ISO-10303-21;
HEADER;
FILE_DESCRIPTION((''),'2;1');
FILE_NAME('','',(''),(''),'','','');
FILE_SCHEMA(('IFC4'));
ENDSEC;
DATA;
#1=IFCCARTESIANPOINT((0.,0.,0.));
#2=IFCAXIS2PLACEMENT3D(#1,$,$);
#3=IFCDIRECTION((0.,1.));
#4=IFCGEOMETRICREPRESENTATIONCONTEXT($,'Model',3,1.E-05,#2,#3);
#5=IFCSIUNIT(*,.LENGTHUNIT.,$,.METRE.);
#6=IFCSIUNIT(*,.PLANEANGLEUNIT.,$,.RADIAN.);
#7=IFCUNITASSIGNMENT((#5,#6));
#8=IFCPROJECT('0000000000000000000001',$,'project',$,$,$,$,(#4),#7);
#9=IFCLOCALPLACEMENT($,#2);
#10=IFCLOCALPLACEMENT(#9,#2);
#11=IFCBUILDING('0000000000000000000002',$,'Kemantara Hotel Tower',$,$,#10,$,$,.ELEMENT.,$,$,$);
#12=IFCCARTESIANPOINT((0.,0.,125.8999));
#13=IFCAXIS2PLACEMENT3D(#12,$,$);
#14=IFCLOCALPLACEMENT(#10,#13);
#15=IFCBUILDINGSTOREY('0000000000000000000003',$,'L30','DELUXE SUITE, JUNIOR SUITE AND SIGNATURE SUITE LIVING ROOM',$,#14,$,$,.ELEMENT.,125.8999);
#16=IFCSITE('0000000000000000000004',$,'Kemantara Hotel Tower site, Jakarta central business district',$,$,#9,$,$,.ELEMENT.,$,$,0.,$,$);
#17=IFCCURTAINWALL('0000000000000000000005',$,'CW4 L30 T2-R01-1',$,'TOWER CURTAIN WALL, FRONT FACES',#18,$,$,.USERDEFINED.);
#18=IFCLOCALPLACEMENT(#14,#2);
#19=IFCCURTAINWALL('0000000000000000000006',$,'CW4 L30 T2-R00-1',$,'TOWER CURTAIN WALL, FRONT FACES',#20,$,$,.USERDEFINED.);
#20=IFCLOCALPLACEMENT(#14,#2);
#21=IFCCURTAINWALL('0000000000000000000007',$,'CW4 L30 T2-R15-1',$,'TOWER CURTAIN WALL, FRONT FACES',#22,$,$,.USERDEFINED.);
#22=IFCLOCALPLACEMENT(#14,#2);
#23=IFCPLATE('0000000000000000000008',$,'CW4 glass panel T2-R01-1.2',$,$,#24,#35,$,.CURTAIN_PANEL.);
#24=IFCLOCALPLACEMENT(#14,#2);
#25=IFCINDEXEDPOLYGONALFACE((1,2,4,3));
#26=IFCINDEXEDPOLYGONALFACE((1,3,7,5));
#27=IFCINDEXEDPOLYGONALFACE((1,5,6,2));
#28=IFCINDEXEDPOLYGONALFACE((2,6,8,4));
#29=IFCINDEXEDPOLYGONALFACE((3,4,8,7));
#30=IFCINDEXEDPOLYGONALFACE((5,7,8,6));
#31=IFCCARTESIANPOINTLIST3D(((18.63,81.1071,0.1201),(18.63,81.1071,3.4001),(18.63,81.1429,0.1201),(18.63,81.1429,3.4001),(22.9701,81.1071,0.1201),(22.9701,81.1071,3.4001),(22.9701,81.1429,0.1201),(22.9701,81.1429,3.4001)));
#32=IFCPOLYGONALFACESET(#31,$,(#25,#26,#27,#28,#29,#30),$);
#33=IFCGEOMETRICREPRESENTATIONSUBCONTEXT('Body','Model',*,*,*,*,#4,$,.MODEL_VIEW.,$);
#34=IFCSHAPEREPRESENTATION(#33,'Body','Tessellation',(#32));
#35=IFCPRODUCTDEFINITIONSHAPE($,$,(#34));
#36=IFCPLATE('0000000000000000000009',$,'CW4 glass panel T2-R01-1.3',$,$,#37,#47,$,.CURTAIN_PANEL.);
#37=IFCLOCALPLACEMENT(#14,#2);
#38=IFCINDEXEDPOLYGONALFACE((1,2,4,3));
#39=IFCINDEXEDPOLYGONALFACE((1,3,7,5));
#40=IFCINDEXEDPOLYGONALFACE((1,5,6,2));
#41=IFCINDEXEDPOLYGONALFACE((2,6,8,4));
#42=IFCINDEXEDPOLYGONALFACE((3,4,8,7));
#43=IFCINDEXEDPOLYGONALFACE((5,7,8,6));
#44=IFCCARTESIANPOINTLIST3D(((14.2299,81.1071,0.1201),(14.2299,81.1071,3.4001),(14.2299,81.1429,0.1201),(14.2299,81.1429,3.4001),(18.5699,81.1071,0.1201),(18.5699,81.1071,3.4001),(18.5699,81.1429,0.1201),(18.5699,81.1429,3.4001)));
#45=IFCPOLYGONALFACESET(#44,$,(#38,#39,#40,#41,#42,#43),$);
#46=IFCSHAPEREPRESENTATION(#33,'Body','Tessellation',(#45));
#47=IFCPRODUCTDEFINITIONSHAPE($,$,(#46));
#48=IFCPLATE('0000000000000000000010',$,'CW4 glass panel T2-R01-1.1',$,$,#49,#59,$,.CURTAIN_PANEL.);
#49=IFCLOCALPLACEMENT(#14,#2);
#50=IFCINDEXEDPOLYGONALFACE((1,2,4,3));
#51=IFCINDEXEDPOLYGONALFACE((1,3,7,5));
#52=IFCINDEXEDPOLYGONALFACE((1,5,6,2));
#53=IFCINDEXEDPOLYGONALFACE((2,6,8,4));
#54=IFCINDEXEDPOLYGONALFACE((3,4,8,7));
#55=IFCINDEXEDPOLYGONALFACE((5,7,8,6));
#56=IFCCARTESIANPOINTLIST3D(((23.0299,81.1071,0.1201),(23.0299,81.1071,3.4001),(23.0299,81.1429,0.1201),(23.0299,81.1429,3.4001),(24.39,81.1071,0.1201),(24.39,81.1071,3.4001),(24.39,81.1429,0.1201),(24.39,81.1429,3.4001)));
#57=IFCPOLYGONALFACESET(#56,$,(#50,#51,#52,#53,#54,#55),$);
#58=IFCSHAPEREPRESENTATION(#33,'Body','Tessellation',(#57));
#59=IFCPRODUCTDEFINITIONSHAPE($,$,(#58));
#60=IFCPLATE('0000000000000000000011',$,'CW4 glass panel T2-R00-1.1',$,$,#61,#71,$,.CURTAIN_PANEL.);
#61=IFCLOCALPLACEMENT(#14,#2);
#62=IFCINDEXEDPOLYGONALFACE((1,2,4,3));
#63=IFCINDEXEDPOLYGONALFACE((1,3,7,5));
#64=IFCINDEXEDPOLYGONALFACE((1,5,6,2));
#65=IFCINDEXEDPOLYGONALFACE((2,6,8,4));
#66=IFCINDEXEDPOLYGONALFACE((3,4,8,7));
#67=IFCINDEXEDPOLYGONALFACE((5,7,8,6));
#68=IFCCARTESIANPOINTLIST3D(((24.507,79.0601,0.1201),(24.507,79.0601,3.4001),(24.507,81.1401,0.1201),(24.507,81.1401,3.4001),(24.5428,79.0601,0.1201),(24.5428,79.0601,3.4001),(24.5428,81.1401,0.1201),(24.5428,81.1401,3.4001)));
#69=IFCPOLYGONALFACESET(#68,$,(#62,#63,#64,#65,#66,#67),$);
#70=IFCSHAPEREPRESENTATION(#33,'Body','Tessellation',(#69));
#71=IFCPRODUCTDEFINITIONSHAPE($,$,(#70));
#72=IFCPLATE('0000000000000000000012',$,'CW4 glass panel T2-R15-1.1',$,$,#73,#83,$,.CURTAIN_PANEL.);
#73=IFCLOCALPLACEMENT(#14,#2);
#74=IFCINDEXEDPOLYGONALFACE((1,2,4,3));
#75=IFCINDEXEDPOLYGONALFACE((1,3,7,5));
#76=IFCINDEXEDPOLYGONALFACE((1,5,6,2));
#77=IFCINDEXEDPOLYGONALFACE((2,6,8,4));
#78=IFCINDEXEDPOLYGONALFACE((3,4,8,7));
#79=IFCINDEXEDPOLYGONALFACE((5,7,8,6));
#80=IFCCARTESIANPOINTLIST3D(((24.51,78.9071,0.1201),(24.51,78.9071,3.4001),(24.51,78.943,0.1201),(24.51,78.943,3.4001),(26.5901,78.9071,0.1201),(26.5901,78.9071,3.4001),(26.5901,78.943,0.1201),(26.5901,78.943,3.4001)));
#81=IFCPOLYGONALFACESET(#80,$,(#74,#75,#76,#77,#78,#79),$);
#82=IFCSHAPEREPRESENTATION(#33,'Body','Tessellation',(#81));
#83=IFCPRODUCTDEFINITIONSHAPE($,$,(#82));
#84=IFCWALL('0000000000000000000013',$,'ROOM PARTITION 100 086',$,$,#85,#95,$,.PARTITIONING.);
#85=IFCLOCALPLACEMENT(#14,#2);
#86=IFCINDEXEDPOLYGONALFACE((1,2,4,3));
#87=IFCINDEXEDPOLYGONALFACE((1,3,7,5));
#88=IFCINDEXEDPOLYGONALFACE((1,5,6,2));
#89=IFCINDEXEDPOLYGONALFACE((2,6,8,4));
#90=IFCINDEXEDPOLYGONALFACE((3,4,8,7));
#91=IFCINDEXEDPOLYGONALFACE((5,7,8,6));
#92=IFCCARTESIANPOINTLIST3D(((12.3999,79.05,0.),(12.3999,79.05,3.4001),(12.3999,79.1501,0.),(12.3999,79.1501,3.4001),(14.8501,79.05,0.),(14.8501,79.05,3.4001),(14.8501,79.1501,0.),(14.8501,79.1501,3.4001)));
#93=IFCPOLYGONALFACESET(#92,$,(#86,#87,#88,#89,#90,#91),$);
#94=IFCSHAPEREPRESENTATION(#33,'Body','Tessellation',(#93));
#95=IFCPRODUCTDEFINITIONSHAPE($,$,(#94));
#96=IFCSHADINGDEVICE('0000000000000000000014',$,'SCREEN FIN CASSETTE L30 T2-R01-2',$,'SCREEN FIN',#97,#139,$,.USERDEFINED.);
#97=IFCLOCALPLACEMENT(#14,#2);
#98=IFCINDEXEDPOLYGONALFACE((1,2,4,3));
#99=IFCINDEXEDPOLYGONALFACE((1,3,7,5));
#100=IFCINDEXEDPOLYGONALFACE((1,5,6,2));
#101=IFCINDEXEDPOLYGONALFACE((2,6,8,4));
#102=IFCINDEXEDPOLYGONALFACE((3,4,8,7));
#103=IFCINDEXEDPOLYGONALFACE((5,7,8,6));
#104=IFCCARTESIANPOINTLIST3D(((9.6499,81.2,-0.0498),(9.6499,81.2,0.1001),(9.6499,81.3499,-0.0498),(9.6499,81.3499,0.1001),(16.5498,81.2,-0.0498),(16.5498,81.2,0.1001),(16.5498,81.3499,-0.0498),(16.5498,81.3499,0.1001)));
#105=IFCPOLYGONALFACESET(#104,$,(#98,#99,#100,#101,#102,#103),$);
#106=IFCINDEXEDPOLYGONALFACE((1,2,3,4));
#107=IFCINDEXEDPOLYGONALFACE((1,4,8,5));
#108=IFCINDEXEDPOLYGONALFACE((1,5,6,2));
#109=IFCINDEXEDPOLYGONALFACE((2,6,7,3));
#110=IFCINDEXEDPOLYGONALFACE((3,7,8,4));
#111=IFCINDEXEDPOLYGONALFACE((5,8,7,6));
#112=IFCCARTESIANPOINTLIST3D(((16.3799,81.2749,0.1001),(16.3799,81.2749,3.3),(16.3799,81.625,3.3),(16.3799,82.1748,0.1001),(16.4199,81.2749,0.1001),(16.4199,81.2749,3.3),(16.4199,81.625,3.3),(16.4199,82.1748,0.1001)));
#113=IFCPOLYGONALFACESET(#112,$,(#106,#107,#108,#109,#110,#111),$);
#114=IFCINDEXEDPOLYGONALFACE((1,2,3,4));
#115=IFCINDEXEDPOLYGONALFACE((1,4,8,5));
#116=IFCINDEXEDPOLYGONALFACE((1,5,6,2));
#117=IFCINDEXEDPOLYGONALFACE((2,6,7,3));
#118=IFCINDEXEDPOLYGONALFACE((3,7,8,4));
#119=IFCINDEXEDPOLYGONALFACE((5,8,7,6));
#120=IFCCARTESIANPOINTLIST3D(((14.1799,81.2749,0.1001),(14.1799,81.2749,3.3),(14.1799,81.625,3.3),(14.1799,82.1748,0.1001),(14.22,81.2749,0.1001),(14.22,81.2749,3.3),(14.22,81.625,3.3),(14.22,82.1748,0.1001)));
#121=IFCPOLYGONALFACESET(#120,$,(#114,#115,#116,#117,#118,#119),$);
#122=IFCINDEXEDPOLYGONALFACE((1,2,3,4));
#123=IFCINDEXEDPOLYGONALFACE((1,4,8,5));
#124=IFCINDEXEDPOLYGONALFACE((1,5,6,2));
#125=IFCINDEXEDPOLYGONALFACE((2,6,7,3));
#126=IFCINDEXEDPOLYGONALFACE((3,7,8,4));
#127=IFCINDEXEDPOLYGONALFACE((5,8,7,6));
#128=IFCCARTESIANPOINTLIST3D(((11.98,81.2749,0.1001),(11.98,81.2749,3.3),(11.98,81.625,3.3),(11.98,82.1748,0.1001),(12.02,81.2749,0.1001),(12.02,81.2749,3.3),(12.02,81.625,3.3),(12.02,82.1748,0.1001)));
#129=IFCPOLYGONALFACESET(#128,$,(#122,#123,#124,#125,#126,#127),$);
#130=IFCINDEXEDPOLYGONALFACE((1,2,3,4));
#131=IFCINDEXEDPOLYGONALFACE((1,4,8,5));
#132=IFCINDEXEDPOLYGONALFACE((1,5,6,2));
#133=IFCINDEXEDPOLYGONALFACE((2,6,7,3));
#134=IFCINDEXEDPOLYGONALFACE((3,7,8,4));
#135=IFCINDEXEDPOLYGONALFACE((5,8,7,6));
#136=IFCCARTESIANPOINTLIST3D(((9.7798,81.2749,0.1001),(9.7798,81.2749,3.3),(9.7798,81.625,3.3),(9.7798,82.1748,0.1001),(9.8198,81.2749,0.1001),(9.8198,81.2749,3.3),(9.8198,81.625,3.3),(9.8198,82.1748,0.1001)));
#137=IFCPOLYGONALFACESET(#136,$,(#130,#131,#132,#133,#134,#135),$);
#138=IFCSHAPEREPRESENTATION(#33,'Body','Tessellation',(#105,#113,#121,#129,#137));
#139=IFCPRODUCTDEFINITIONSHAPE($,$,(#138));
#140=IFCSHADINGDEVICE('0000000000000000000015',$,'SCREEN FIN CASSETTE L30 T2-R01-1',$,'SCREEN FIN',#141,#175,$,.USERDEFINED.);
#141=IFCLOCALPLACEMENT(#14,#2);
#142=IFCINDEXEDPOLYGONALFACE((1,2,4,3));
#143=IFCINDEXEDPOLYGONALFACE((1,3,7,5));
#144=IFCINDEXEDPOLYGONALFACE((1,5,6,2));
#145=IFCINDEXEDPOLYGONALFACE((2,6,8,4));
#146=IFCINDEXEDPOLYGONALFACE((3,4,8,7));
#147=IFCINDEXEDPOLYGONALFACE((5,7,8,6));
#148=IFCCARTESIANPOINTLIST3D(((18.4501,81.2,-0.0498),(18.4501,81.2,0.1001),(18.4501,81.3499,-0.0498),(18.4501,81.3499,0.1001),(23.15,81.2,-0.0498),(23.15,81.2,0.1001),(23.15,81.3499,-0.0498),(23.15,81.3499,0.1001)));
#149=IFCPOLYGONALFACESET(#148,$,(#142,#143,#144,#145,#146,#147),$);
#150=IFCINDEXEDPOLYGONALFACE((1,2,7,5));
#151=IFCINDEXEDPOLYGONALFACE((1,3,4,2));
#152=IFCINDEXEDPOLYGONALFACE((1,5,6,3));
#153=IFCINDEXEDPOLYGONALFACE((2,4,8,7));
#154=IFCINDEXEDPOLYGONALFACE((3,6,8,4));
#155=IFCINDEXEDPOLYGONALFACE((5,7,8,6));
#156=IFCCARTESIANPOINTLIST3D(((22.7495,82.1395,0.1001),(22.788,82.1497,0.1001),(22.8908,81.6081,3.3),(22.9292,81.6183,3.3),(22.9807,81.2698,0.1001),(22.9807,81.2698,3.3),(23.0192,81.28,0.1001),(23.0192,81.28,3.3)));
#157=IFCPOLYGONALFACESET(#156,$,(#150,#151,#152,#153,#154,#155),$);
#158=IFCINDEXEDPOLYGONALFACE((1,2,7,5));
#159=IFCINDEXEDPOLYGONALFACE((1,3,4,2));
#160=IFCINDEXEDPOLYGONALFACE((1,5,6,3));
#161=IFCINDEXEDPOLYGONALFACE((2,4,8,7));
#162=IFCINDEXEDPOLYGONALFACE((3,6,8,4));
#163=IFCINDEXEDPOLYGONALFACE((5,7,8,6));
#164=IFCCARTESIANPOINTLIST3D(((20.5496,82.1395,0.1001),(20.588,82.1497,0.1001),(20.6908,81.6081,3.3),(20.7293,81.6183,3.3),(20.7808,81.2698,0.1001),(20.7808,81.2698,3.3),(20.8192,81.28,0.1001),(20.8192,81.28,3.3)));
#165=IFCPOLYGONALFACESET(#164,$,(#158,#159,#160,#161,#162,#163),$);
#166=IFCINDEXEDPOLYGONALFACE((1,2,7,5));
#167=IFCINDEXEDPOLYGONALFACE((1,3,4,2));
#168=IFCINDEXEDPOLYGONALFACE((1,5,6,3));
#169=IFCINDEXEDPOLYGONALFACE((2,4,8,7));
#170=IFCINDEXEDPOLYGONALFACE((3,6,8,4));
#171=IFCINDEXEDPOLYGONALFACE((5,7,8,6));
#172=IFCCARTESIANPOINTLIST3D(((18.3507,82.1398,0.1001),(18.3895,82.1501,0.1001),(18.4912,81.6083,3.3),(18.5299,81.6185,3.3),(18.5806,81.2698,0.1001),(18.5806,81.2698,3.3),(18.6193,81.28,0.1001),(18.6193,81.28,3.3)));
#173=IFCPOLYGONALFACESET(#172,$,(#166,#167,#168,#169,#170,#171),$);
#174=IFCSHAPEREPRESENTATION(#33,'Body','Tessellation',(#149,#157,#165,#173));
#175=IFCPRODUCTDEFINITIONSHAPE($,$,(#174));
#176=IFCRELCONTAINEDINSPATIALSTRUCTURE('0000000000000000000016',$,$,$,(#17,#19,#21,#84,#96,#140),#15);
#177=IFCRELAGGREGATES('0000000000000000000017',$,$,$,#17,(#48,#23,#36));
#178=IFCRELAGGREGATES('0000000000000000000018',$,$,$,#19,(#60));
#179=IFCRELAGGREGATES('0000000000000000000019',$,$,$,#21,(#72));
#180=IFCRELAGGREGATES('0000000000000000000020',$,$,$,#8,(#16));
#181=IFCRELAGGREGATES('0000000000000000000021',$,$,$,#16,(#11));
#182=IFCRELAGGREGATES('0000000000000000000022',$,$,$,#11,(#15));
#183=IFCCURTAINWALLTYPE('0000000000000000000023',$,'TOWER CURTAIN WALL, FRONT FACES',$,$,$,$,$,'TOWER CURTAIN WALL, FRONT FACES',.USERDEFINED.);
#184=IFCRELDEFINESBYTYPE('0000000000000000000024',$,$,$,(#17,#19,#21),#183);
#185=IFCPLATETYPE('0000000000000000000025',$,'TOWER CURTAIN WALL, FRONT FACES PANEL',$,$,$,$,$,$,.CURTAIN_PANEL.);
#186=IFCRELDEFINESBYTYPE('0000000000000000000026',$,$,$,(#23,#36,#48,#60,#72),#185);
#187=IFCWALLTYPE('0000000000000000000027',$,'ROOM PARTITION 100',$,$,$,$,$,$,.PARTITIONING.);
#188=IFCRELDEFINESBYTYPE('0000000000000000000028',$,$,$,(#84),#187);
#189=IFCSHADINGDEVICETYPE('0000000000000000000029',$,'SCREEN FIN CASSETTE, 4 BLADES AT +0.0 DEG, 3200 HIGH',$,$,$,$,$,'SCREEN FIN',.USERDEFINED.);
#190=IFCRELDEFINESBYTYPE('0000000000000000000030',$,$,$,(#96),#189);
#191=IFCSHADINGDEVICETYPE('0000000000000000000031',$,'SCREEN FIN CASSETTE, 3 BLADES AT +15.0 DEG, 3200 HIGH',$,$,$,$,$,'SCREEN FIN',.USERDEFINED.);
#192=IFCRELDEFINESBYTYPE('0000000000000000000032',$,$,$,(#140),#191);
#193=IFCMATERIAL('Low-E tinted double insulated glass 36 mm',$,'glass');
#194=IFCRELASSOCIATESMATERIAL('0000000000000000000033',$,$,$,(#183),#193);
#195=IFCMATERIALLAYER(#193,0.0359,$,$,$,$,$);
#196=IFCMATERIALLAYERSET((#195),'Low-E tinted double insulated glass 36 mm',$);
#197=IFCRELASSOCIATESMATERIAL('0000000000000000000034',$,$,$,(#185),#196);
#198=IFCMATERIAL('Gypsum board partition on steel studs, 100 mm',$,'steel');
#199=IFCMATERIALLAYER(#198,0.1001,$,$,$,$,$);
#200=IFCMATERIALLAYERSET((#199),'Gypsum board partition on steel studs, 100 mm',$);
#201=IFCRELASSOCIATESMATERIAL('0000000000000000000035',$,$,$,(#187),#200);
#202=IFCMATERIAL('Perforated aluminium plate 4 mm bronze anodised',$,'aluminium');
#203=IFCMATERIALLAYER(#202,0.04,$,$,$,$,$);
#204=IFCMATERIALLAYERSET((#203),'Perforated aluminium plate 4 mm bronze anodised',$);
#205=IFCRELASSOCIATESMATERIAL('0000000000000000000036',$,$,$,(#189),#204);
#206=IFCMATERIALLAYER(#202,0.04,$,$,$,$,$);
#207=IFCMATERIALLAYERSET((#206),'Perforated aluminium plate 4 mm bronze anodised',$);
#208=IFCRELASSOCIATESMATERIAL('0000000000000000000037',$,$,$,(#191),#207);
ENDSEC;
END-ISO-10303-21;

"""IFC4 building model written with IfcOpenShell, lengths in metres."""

from ifc_helpers import new_model, si_unit, direction, frame, frame_2d, origin, origin_2d, place, context, subcontext, project, spatial, polyline, rectangle, outline, extrude, source, transform, mapped, material, layer, layer_set, type_object, element, aggregate, save


model = new_model("IFC4")

# Units and contexts
model_context = context("Model", 3, precision=1e-05, world=origin(), true_north=direction((0.0, 1.0)))
body_context = subcontext(model_context, "Body", "Model", "MODEL_VIEW")
ifc_project = project(units=[si_unit("LENGTHUNIT", "METRE"), si_unit("PLANEANGLEUNIT", "RADIAN")], contexts=[model_context])

# Site, building, storey
site_placement = place(None, origin())
site = spatial("IfcSite", under=ifc_project, at=site_placement, Name="Kemantara Hotel Tower site, Jakarta central business district", CompositionType="ELEMENT", RefElevation=0.0)
building_placement = place(site_placement, origin())
building = spatial("IfcBuilding", under=site, at=building_placement, Name="Kemantara Hotel Tower", CompositionType="ELEMENT")
storey_placement = place(building_placement, frame((0.0, 0.0, 125.8999)))
storey = spatial("IfcBuildingStorey", under=building, at=storey_placement, Name="L30", Description="DELUXE SUITE, JUNIOR SUITE AND SIGNATURE SUITE LIVING ROOM", CompositionType="ELEMENT", Elevation=125.8999)

# Curtain walls
ifc_material_1 = material(Name="Low-E tinted double insulated glass 36 mm", Category="glass")
curtain_wall_type = type_object("IfcCurtainWallType", Name="TOWER CURTAIN WALL, FRONT FACES", ElementType="TOWER CURTAIN WALL, FRONT FACES", PredefinedType="USERDEFINED", material=ifc_material_1)
curtain_wall_1_placement = place(storey_placement, origin())
curtain_wall_1 = element("IfcCurtainWall", 1, at=curtain_wall_1_placement, inside=storey, type_object=curtain_wall_type, Name="CW4 L30 T2-R01-1", ObjectType="TOWER CURTAIN WALL, FRONT FACES", PredefinedType="USERDEFINED")
curtain_wall_2_placement = place(storey_placement, origin())
curtain_wall_2 = element("IfcCurtainWall", 2, at=curtain_wall_2_placement, inside=storey, type_object=curtain_wall_type, Name="CW4 L30 T2-R00-1", ObjectType="TOWER CURTAIN WALL, FRONT FACES", PredefinedType="USERDEFINED")
curtain_wall_3_placement = place(storey_placement, origin())
curtain_wall_3 = element("IfcCurtainWall", 3, at=curtain_wall_3_placement, inside=storey, type_object=curtain_wall_type, Name="CW4 L30 T2-R15-1", ObjectType="TOWER CURTAIN WALL, FRONT FACES", PredefinedType="USERDEFINED")

# Plates
ifc_layer_1 = layer(ifc_material_1, 0.0359)
ifc_layer_set_1 = layer_set([ifc_layer_1], Name="Low-E tinted double insulated glass 36 mm")
plate_type = type_object("IfcPlateType", Name="TOWER CURTAIN WALL, FRONT FACES PANEL", PredefinedType="CURTAIN_PANEL", material=ifc_layer_set_1)
shared_shape_1 = source(origin(), body_context, "Body", "SweptSolid", [
    extrude(rectangle(XDim=4.3401, YDim=0.0359, at=origin_2d()), origin(), (0.0, 0.0, 1.0), 3.28),
])
plate_1_placement = place(storey_placement, frame((20.8, 81.125, 0.1201), z_axis=(0.0, 0.0, 1.0), x_axis=(-1.0, 0.0, 0.0)))
plate_1 = element("IfcPlate", 4, at=plate_1_placement, type_object=plate_type, Name="CW4 glass panel T2-R01-1.2", PredefinedType="CURTAIN_PANEL", context=body_context, shape_type="MappedRepresentation", body=[
    mapped(shared_shape_1, transform((0.0, 0.0, 0.0))),
])
plate_2_placement = place(storey_placement, frame((16.3999, 81.125, 0.1201), z_axis=(0.0, 0.0, 1.0), x_axis=(-1.0, 0.0, 0.0)))
plate_2 = element("IfcPlate", 5, at=plate_2_placement, type_object=plate_type, Name="CW4 glass panel T2-R01-1.3", PredefinedType="CURTAIN_PANEL", context=body_context, shape_type="MappedRepresentation", body=[
    mapped(shared_shape_1, transform((0.0, 0.0, 0.0))),
])
shared_shape_2 = source(origin(), body_context, "Body", "SweptSolid", [
    extrude(rectangle(XDim=1.3601, YDim=0.0359, at=origin_2d()), origin(), (0.0, 0.0, 1.0), 3.28),
])
plate_3_placement = place(storey_placement, frame((23.71, 81.125, 0.1201), z_axis=(0.0, 0.0, 1.0), x_axis=(-1.0, 0.0, 0.0)))
plate_3 = element("IfcPlate", 6, at=plate_3_placement, type_object=plate_type, Name="CW4 glass panel T2-R01-1.1", PredefinedType="CURTAIN_PANEL", context=body_context, shape_type="MappedRepresentation", body=[
    mapped(shared_shape_2, transform((0.0, 0.0, 0.0))),
])
aggregate(curtain_wall_1, [plate_3, plate_1, plate_2])
shared_shape_3 = source(origin(), body_context, "Body", "SweptSolid", [
    extrude(rectangle(XDim=2.0801, YDim=0.0359, at=origin_2d()), origin(), (0.0, 0.0, 1.0), 3.28),
])
plate_4_placement = place(storey_placement, frame((24.5249, 80.1001, 0.1201), z_axis=(0.0, 0.0, 1.0), x_axis=(0.0, 1.0, 0.0)))
plate_4 = element("IfcPlate", 7, at=plate_4_placement, type_object=plate_type, Name="CW4 glass panel T2-R00-1.1", PredefinedType="CURTAIN_PANEL", context=body_context, shape_type="MappedRepresentation", body=[
    mapped(shared_shape_3, transform((0.0, 0.0, 0.0))),
])
aggregate(curtain_wall_2, [plate_4])
plate_5_placement = place(storey_placement, frame((25.55, 78.925, 0.1201), z_axis=(0.0, 0.0, 1.0), x_axis=(-1.0, 0.0, 0.0)))
plate_5 = element("IfcPlate", 8, at=plate_5_placement, type_object=plate_type, Name="CW4 glass panel T2-R15-1.1", PredefinedType="CURTAIN_PANEL", context=body_context, shape_type="MappedRepresentation", body=[
    mapped(shared_shape_3, transform((0.0, 0.0, 0.0))),
])
aggregate(curtain_wall_3, [plate_5])

# Wall
ifc_material_2 = material(Name="Gypsum board partition on steel studs, 100 mm", Category="steel")
ifc_layer_2 = layer(ifc_material_2, 0.1001)
ifc_layer_set_2 = layer_set([ifc_layer_2], Name="Gypsum board partition on steel studs, 100 mm")
wall_type = type_object("IfcWallType", Name="ROOM PARTITION 100", PredefinedType="PARTITIONING", material=ifc_layer_set_2)
wall_placement = place(storey_placement, frame((12.3999, 79.1001, 0.0), z_axis=(0.0, 0.0, 1.0), x_axis=(1.0, 0.0, 0.0)))
element("IfcWall", 9, at=wall_placement, inside=storey, type_object=wall_type, Name="ROOM PARTITION 100 086", PredefinedType="PARTITIONING", context=body_context, shape_type="SweptSolid", body=[
    extrude(rectangle(XDim=2.4502, YDim=0.1001, at=frame_2d((1.2251, 0.0))), origin(), (0.0, 0.0, 1.0), 3.4001),
])

# Shading devices
ifc_material_3 = material(Name="Perforated aluminium plate 4 mm bronze anodised", Category="aluminium")
ifc_layer_3 = layer(ifc_material_3, 0.04)
ifc_layer_set_3 = layer_set([ifc_layer_3], Name="Perforated aluminium plate 4 mm bronze anodised")
shading_device_type_1 = type_object("IfcShadingDeviceType", Name="SCREEN FIN CASSETTE, 4 BLADES AT +0.0 DEG, 3200 HIGH", ElementType="SCREEN FIN", PredefinedType="USERDEFINED", material=ifc_layer_set_3)
shared_shape_4 = source(origin(), body_context, "Body", "SweptSolid", [
    extrude(rectangle(XDim=6.8999, YDim=0.1499, at=origin_2d()), frame((3.3, -0.075, -0.1499), z_axis=(0.0, 0.0, 1.0), x_axis=(1.0, 0.0, 0.0)), (0.0, 0.0, 1.0), 0.1499),
    extrude(outline(polyline([(0.0, 0.0), (0.8999, 0.0), (0.3501, 3.2), (0.0, 3.2), (0.0, 0.0)])), frame((0.02, -0.075, 0.0), z_axis=(-1.0, 0.0, 0.0), x_axis=(0.0, -1.0, 0.0)), (0.0, 0.0, 1.0), 0.04),
    extrude(outline(polyline([(0.0, 0.0), (0.8999, 0.0), (0.3501, 3.2), (0.0, 3.2), (0.0, 0.0)])), frame((2.22, -0.075, 0.0), z_axis=(-1.0, 0.0, 0.0), x_axis=(0.0, -1.0, 0.0)), (0.0, 0.0, 1.0), 0.04),
    extrude(outline(polyline([(0.0, 0.0), (0.8999, 0.0), (0.3501, 3.2), (0.0, 3.2), (0.0, 0.0)])), frame((4.4199, -0.075, 0.0), z_axis=(-1.0, 0.0, 0.0), x_axis=(0.0, -1.0, 0.0)), (0.0, 0.0, 1.0), 0.04),
    extrude(outline(polyline([(0.0, 0.0), (0.8999, 0.0), (0.3501, 3.2), (0.0, 3.2), (0.0, 0.0)])), frame((6.6201, -0.075, 0.0), z_axis=(-1.0, 0.0, 0.0), x_axis=(0.0, -1.0, 0.0)), (0.0, 0.0, 1.0), 0.04),
])
shading_device_1_placement = place(storey_placement, frame((16.3999, 81.2, 0.1001), z_axis=(0.0, 0.0, 1.0), x_axis=(-1.0, 0.0, 0.0)))
element("IfcShadingDevice", 10, at=shading_device_1_placement, inside=storey, type_object=shading_device_type_1, Name="SCREEN FIN CASSETTE L30 T2-R01-2", ObjectType="SCREEN FIN", PredefinedType="USERDEFINED", context=body_context, shape_type="MappedRepresentation", body=[
    mapped(shared_shape_4, transform((0.0, 0.0, 0.0))),
])
ifc_layer_4 = layer(ifc_material_3, 0.04)
ifc_layer_set_4 = layer_set([ifc_layer_4], Name="Perforated aluminium plate 4 mm bronze anodised")
shading_device_type_2 = type_object("IfcShadingDeviceType", Name="SCREEN FIN CASSETTE, 3 BLADES AT +15.0 DEG, 3200 HIGH", ElementType="SCREEN FIN", PredefinedType="USERDEFINED", material=ifc_layer_set_4)
shared_shape_5 = source(origin(), body_context, "Body", "SweptSolid", [
    extrude(rectangle(XDim=4.7, YDim=0.1499, at=origin_2d()), frame((2.2, -0.075, -0.1499), z_axis=(0.0, 0.0, 1.0), x_axis=(1.0, 0.0, 0.0)), (0.0, 0.0, 1.0), 0.1499),
    extrude(outline(polyline([(0.0, 0.0), (0.8999, 0.0), (0.3501, 3.2), (0.0, 3.2), (0.0, 0.0)])), frame((0.0193, -0.0698, 0.0), z_axis=(-0.966438, -0.256901, 0.0), x_axis=(0.256901, -0.966438, 0.0)), (0.0, 0.0, 1.0), 0.0398),
    extrude(outline(polyline([(0.0, 0.0), (0.8999, 0.0), (0.3501, 3.2), (0.0, 3.2), (0.0, 0.0)])), frame((2.2192, -0.0698, 0.0), z_axis=(-0.966438, -0.256901, 0.0), x_axis=(0.256901, -0.966438, 0.0)), (0.0, 0.0, 1.0), 0.0398),
    extrude(outline(polyline([(0.0, 0.0), (0.8999, 0.0), (0.3501, 3.2), (0.0, 3.2), (0.0, 0.0)])), frame((4.4194, -0.0698, 0.0), z_axis=(-0.966838, -0.255391, 0.0), x_axis=(0.255391, -0.966838, 0.0)), (0.0, 0.0, 1.0), 0.04),
])
shading_device_2_placement = place(storey_placement, frame((23.0, 81.2, 0.1001), z_axis=(0.0, 0.0, 1.0), x_axis=(-1.0, 0.0, 0.0)))
element("IfcShadingDevice", 11, at=shading_device_2_placement, inside=storey, type_object=shading_device_type_2, Name="SCREEN FIN CASSETTE L30 T2-R01-1", ObjectType="SCREEN FIN", PredefinedType="USERDEFINED", context=body_context, shape_type="MappedRepresentation", body=[
    mapped(shared_shape_5, transform((0.0, 0.0, 0.0))),
])

save(model, "model.ifc")
